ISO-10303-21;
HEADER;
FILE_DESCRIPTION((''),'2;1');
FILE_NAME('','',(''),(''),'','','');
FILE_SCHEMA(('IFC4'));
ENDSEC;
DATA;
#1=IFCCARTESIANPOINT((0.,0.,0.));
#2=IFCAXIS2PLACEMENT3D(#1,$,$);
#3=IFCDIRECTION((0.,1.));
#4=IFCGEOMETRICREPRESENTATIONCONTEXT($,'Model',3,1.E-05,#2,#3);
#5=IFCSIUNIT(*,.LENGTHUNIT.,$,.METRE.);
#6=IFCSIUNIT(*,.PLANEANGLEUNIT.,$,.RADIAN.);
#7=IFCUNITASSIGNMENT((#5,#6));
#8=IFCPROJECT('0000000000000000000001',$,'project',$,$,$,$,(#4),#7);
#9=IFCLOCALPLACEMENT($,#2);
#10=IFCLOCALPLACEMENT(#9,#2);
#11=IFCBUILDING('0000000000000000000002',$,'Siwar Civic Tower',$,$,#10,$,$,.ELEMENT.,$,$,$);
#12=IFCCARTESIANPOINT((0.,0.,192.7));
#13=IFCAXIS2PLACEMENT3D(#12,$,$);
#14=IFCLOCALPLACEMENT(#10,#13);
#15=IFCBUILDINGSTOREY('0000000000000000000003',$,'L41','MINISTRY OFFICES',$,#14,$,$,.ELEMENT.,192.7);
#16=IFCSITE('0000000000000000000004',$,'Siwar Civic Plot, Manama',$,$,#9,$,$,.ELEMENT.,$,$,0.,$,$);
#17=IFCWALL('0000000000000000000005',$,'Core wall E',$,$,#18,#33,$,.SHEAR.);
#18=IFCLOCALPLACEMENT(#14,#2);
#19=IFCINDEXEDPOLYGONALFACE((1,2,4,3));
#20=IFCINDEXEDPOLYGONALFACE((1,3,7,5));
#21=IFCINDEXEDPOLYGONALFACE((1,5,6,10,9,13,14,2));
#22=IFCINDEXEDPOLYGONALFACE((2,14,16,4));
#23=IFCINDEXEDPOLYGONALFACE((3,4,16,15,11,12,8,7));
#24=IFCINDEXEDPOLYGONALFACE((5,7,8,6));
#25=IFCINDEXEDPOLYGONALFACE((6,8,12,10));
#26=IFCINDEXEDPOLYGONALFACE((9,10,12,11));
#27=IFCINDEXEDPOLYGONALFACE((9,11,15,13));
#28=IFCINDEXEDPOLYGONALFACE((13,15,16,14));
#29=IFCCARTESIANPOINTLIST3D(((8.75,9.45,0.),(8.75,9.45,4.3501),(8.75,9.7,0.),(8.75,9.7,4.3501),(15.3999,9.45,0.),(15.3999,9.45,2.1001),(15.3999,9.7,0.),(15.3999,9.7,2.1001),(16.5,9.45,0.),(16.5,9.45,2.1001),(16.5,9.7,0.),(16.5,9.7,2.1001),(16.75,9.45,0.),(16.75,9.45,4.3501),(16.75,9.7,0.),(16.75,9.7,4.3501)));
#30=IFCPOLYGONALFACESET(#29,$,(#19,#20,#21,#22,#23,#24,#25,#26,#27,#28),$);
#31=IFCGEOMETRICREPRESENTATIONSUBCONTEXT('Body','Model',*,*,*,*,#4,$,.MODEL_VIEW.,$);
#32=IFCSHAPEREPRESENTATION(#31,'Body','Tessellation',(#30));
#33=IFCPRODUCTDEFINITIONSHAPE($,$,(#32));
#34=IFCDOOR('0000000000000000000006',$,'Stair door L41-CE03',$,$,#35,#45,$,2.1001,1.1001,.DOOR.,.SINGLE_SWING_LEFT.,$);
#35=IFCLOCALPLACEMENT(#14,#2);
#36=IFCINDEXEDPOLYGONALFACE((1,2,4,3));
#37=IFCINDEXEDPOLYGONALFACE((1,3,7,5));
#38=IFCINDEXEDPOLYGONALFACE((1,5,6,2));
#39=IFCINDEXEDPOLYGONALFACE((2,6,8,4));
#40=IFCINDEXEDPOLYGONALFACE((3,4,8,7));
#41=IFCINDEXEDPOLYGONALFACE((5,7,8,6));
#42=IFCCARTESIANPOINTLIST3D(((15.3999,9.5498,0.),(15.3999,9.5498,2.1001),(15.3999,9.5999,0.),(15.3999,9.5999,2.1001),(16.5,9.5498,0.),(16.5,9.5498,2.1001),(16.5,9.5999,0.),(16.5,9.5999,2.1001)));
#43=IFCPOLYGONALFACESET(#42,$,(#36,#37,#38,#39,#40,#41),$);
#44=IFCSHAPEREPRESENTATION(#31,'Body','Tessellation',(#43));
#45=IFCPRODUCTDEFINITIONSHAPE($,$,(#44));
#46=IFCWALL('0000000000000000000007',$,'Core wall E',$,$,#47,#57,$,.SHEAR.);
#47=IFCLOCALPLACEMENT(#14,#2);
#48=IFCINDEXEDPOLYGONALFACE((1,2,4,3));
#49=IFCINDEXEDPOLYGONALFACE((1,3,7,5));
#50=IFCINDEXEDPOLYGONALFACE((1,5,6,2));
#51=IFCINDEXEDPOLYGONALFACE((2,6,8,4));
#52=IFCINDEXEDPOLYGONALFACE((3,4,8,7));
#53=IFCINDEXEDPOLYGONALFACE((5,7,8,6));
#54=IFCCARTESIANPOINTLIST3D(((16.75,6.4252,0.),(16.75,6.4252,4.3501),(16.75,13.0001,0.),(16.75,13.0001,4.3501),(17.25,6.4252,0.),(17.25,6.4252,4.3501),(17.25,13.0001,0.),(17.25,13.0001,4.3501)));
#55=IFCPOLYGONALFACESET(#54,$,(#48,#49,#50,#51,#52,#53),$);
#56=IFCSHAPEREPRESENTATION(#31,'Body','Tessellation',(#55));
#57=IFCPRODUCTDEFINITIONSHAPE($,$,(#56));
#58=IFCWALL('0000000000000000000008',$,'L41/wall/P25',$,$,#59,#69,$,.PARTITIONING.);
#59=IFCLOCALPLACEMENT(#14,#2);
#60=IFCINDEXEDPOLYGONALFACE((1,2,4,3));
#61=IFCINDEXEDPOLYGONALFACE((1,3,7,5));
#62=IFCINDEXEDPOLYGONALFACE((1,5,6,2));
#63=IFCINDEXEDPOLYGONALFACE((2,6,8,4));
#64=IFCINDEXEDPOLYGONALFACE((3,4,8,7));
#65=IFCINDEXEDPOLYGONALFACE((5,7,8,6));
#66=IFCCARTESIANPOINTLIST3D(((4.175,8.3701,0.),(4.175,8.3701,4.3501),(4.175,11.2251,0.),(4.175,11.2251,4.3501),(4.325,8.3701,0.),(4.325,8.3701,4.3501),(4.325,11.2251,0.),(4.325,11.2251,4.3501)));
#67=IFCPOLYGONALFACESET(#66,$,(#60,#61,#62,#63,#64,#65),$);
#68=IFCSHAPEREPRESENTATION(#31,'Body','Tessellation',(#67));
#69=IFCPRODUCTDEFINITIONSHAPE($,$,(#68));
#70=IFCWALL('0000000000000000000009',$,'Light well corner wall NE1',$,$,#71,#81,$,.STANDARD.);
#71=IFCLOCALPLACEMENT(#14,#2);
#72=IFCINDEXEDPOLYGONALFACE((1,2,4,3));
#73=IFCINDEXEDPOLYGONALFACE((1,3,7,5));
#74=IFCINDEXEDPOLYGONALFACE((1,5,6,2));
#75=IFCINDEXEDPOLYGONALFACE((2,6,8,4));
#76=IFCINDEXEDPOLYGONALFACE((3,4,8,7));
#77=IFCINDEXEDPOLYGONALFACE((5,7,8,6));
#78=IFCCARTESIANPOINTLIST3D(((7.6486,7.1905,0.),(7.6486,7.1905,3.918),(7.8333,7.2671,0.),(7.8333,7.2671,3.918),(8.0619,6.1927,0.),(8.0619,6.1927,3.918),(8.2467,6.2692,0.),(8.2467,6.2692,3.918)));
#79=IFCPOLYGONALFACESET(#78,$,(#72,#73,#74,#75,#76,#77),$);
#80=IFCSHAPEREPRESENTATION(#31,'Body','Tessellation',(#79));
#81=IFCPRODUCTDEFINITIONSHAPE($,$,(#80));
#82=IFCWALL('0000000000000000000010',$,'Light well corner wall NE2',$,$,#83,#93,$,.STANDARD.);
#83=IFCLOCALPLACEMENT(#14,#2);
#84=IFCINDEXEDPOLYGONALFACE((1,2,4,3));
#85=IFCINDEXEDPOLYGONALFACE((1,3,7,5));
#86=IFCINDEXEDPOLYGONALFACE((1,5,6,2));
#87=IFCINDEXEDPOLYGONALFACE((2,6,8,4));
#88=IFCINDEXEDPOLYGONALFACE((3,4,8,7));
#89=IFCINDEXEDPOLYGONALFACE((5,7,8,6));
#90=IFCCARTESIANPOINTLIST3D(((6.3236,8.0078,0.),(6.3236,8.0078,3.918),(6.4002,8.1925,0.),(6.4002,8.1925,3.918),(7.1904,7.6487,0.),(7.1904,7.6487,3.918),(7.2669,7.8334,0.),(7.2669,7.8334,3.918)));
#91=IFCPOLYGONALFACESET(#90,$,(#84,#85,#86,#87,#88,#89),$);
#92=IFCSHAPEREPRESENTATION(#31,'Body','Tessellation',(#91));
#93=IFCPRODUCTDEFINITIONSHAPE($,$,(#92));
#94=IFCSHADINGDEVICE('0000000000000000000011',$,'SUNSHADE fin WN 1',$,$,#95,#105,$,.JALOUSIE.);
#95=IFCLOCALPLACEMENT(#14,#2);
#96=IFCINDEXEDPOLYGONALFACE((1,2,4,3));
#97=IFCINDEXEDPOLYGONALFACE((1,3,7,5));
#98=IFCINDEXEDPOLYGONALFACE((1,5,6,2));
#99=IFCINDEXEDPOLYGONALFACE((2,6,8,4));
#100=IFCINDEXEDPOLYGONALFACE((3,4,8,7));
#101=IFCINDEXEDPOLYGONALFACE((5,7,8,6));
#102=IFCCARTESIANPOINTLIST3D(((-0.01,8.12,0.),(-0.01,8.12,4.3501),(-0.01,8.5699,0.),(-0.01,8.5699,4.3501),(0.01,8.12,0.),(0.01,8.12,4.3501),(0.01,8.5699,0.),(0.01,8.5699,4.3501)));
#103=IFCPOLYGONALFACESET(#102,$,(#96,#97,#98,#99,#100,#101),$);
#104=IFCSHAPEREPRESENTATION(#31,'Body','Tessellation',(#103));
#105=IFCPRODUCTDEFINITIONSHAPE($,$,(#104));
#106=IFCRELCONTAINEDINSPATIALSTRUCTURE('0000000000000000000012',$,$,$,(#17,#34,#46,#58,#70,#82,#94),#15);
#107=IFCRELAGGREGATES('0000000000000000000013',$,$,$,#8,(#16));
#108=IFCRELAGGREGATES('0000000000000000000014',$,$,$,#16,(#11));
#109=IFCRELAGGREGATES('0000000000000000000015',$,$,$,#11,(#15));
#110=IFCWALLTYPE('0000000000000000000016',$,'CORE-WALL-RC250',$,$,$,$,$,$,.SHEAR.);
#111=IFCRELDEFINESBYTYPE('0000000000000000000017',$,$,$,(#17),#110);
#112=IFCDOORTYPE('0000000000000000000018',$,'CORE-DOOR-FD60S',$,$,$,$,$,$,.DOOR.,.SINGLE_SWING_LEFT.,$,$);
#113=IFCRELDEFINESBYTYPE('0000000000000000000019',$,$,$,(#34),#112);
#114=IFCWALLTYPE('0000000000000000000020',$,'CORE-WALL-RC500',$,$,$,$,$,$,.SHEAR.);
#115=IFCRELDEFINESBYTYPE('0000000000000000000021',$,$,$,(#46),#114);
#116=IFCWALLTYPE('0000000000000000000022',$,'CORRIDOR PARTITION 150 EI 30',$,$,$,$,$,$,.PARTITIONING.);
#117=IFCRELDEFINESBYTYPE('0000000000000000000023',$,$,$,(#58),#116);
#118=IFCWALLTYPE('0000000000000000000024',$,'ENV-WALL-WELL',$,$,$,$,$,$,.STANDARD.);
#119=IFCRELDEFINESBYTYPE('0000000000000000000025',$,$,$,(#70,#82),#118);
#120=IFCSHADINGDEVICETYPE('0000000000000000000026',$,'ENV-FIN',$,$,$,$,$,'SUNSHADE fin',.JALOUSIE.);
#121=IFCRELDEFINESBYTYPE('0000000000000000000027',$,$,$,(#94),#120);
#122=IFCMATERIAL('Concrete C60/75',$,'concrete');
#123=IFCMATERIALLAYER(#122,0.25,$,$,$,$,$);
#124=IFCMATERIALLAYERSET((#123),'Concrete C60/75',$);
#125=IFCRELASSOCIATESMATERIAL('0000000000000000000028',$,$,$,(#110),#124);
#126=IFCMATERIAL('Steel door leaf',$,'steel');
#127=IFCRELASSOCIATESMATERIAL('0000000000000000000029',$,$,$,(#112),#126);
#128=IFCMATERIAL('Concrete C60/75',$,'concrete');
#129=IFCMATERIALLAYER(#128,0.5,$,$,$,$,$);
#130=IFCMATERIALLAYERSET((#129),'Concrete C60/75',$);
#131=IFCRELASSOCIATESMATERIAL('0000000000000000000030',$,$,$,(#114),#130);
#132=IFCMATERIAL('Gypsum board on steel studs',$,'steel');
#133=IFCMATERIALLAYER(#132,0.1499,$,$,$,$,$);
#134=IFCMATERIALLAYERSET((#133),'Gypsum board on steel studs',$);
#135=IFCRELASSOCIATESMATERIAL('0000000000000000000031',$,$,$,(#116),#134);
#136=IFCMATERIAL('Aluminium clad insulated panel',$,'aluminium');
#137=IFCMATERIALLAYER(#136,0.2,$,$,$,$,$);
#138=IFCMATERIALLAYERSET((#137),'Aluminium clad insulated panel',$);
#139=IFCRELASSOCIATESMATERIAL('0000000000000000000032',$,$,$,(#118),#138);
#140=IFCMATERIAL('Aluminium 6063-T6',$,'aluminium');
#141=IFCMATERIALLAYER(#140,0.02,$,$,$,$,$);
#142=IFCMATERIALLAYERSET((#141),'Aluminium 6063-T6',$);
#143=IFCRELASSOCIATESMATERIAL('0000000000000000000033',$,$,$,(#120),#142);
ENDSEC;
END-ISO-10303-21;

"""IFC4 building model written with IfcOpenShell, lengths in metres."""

from ifc_helpers import new_model, si_unit, direction, frame, frame_2d, origin, origin_2d, place, context, subcontext, project, spatial, rectangle, extrude, material, layer, layer_set, type_object, element, fill, save


model = new_model("IFC4")

# Units and contexts
model_context = context("Model", 3, precision=1e-05, world=origin(), true_north=direction((0.0, 1.0)))
body_context = subcontext(model_context, "Body", "Model", "MODEL_VIEW")
ifc_project = project(units=[si_unit("LENGTHUNIT", "METRE"), si_unit("PLANEANGLEUNIT", "RADIAN")], contexts=[model_context])

# Site, building, storey
site_placement = place(None, origin())
site = spatial("IfcSite", under=ifc_project, at=site_placement, Name="Siwar Civic Plot, Manama", CompositionType="ELEMENT", RefElevation=0.0)
building_placement = place(site_placement, origin())
building = spatial("IfcBuilding", under=site, at=building_placement, Name="Siwar Civic Tower", CompositionType="ELEMENT")
storey_placement = place(building_placement, frame((0.0, 0.0, 192.7)))
storey = spatial("IfcBuildingStorey", under=building, at=storey_placement, Name="L41", Description="MINISTRY OFFICES", CompositionType="ELEMENT", Elevation=192.7)

# Shared definitions
ifc_material_1 = material(Name="Concrete C60/75", Category="concrete")
ifc_layer_1 = layer(ifc_material_1, 0.25)
ifc_layer_set_1 = layer_set([ifc_layer_1], Name="Concrete C60/75")
wall_type_1 = type_object("IfcWallType", Name="CORE-WALL-RC250", PredefinedType="SHEAR", material=ifc_layer_set_1)

# Wall, opening, door
wall_1_placement = place(storey_placement, frame((8.75, 9.575, 0.0), z_axis=(0.0, 0.0, 1.0), x_axis=(1.0, 0.0, 0.0)))
wall_1 = element("IfcWall", 1, at=wall_1_placement, inside=storey, type_object=wall_type_1, Name="Core wall E", PredefinedType="SHEAR", context=body_context, shape_type="SweptSolid", body=[
    extrude(rectangle(XDim=8.0, YDim=0.25, at=frame_2d((4.0, 0.0))), origin(), (0.0, 0.0, 1.0), 4.3501),
])
opening_1_placement = place(wall_1_placement, frame((6.6499, 0.0, 0.0)))
opening_1 = element("IfcOpeningElement", 2, at=opening_1_placement, cuts=wall_1, PredefinedType="OPENING", context=body_context, shape_type="SweptSolid", body=[
    extrude(rectangle(XDim=1.1001, YDim=2.1001, at=frame_2d((0.55, 1.05))), frame((0.0, 0.135, 0.0), z_axis=(0.0, -1.0, 0.0), x_axis=(1.0, 0.0, 0.0)), (0.0, 0.0, 1.0), 0.27),
])
ifc_material_2 = material(Name="Steel door leaf", Category="steel")
door_type_1 = type_object("IfcDoorType", Name="CORE-DOOR-FD60S", OperationType="SINGLE_SWING_LEFT", PredefinedType="DOOR", material=ifc_material_2)
door_1_placement = place(opening_1_placement, origin())
door_1 = element("IfcDoor", 3, at=door_1_placement, inside=storey, type_object=door_type_1, Name="Stair door L41-CE03", OperationType="SINGLE_SWING_LEFT", OverallHeight=2.1001, OverallWidth=1.1001, PredefinedType="DOOR", context=body_context, shape_type="SweptSolid", body=[
    extrude(rectangle(XDim=1.1001, YDim=2.1001, at=frame_2d((0.55, 1.05))), frame((0.0, 0.0249, 0.0), z_axis=(0.0, -1.0, 0.0), x_axis=(1.0, 0.0, 0.0)), (0.0, 0.0, 1.0), 0.05),
])
fill(opening_1, door_1)

# Walls
ifc_material_3 = material(Name="Concrete C60/75", Category="concrete")
ifc_layer_2 = layer(ifc_material_3, 0.5)
ifc_layer_set_2 = layer_set([ifc_layer_2], Name="Concrete C60/75")
wall_type_2 = type_object("IfcWallType", Name="CORE-WALL-RC500", PredefinedType="SHEAR", material=ifc_layer_set_2)
wall_2_placement = place(storey_placement, frame((17.0, 6.425, 0.0), z_axis=(0.0, 0.0, 1.0), x_axis=(0.0, 1.0, 0.0)))
element("IfcWall", 4, at=wall_2_placement, inside=storey, type_object=wall_type_2, Name="Core wall E", PredefinedType="SHEAR", context=body_context, shape_type="SweptSolid", body=[
    extrude(rectangle(XDim=6.575, YDim=0.5, at=frame_2d((3.2876, 0.0))), origin(), (0.0, 0.0, 1.0), 4.3501),
])
ifc_material_4 = material(Name="Gypsum board on steel studs", Category="steel")
ifc_layer_3 = layer(ifc_material_4, 0.1499)
ifc_layer_set_3 = layer_set([ifc_layer_3], Name="Gypsum board on steel studs")
wall_type_3 = type_object("IfcWallType", Name="CORRIDOR PARTITION 150 EI 30", PredefinedType="PARTITIONING", material=ifc_layer_set_3)
wall_3_placement = place(storey_placement, frame((4.25, 8.3701, 0.0), z_axis=(0.0, 0.0, 1.0), x_axis=(0.0, 1.0, 0.0)))
element("IfcWall", 5, at=wall_3_placement, inside=storey, type_object=wall_type_3, Name="L41/wall/P25", PredefinedType="PARTITIONING", context=body_context, shape_type="SweptSolid", body=[
    extrude(rectangle(XDim=2.855, YDim=0.1499, at=frame_2d((1.4275, 0.0))), origin(), (0.0, 0.0, 1.0), 4.3501),
])
ifc_material_5 = material(Name="Aluminium clad insulated panel", Category="aluminium")
ifc_layer_4 = layer(ifc_material_5, 0.2)
ifc_layer_set_4 = layer_set([ifc_layer_4], Name="Aluminium clad insulated panel")
wall_type_4 = type_object("IfcWallType", Name="ENV-WALL-WELL", PredefinedType="STANDARD", material=ifc_layer_set_4)
wall_4_placement = place(storey_placement, frame((8.1543, 6.231, 0.0), z_axis=(0.0, 0.0, 1.0), x_axis=(-0.382704, 0.923871, 0.0)))
element("IfcWall", 6, at=wall_4_placement, inside=storey, type_object=wall_type_4, Name="Light well corner wall NE1", PredefinedType="STANDARD", context=body_context, shape_type="SweptSolid", body=[
    extrude(rectangle(XDim=1.0801, YDim=0.2, at=frame_2d((0.54, 0.0))), origin(), (0.0, 0.0, 1.0), 3.918),
])
wall_5_placement = place(storey_placement, frame((7.2288, 7.741, 0.0), z_axis=(0.0, 0.0, 1.0), x_axis=(-0.92383, 0.382804, 0.0)))
element("IfcWall", 7, at=wall_5_placement, inside=storey, type_object=wall_type_4, Name="Light well corner wall NE2", PredefinedType="STANDARD", context=body_context, shape_type="SweptSolid", body=[
    extrude(rectangle(XDim=0.9382, YDim=0.2, at=frame_2d((0.4692, 0.0))), origin(), (0.0, 0.0, 1.0), 3.918),
])

# Shading device
ifc_material_6 = material(Name="Aluminium 6063-T6", Category="aluminium")
ifc_layer_5 = layer(ifc_material_6, 0.02)
ifc_layer_set_5 = layer_set([ifc_layer_5], Name="Aluminium 6063-T6")
shading_device_type = type_object("IfcShadingDeviceType", Name="ENV-FIN", ElementType="SUNSHADE fin", PredefinedType="JALOUSIE", material=ifc_layer_set_5)
shading_device_placement = place(storey_placement, frame((0.0, 8.345, 0.0), z_axis=(0.0, 0.0, 1.0), x_axis=(-1.0, 0.0, 0.0)))
element("IfcShadingDevice", 8, at=shading_device_placement, inside=storey, type_object=shading_device_type, Name="SUNSHADE fin WN 1", PredefinedType="JALOUSIE", context=body_context, shape_type="SweptSolid", body=[
    extrude(rectangle(XDim=0.02, YDim=0.45, at=origin_2d()), origin(), (0.0, 0.0, 1.0), 4.3501),
])

save(model, "model.ifc")
